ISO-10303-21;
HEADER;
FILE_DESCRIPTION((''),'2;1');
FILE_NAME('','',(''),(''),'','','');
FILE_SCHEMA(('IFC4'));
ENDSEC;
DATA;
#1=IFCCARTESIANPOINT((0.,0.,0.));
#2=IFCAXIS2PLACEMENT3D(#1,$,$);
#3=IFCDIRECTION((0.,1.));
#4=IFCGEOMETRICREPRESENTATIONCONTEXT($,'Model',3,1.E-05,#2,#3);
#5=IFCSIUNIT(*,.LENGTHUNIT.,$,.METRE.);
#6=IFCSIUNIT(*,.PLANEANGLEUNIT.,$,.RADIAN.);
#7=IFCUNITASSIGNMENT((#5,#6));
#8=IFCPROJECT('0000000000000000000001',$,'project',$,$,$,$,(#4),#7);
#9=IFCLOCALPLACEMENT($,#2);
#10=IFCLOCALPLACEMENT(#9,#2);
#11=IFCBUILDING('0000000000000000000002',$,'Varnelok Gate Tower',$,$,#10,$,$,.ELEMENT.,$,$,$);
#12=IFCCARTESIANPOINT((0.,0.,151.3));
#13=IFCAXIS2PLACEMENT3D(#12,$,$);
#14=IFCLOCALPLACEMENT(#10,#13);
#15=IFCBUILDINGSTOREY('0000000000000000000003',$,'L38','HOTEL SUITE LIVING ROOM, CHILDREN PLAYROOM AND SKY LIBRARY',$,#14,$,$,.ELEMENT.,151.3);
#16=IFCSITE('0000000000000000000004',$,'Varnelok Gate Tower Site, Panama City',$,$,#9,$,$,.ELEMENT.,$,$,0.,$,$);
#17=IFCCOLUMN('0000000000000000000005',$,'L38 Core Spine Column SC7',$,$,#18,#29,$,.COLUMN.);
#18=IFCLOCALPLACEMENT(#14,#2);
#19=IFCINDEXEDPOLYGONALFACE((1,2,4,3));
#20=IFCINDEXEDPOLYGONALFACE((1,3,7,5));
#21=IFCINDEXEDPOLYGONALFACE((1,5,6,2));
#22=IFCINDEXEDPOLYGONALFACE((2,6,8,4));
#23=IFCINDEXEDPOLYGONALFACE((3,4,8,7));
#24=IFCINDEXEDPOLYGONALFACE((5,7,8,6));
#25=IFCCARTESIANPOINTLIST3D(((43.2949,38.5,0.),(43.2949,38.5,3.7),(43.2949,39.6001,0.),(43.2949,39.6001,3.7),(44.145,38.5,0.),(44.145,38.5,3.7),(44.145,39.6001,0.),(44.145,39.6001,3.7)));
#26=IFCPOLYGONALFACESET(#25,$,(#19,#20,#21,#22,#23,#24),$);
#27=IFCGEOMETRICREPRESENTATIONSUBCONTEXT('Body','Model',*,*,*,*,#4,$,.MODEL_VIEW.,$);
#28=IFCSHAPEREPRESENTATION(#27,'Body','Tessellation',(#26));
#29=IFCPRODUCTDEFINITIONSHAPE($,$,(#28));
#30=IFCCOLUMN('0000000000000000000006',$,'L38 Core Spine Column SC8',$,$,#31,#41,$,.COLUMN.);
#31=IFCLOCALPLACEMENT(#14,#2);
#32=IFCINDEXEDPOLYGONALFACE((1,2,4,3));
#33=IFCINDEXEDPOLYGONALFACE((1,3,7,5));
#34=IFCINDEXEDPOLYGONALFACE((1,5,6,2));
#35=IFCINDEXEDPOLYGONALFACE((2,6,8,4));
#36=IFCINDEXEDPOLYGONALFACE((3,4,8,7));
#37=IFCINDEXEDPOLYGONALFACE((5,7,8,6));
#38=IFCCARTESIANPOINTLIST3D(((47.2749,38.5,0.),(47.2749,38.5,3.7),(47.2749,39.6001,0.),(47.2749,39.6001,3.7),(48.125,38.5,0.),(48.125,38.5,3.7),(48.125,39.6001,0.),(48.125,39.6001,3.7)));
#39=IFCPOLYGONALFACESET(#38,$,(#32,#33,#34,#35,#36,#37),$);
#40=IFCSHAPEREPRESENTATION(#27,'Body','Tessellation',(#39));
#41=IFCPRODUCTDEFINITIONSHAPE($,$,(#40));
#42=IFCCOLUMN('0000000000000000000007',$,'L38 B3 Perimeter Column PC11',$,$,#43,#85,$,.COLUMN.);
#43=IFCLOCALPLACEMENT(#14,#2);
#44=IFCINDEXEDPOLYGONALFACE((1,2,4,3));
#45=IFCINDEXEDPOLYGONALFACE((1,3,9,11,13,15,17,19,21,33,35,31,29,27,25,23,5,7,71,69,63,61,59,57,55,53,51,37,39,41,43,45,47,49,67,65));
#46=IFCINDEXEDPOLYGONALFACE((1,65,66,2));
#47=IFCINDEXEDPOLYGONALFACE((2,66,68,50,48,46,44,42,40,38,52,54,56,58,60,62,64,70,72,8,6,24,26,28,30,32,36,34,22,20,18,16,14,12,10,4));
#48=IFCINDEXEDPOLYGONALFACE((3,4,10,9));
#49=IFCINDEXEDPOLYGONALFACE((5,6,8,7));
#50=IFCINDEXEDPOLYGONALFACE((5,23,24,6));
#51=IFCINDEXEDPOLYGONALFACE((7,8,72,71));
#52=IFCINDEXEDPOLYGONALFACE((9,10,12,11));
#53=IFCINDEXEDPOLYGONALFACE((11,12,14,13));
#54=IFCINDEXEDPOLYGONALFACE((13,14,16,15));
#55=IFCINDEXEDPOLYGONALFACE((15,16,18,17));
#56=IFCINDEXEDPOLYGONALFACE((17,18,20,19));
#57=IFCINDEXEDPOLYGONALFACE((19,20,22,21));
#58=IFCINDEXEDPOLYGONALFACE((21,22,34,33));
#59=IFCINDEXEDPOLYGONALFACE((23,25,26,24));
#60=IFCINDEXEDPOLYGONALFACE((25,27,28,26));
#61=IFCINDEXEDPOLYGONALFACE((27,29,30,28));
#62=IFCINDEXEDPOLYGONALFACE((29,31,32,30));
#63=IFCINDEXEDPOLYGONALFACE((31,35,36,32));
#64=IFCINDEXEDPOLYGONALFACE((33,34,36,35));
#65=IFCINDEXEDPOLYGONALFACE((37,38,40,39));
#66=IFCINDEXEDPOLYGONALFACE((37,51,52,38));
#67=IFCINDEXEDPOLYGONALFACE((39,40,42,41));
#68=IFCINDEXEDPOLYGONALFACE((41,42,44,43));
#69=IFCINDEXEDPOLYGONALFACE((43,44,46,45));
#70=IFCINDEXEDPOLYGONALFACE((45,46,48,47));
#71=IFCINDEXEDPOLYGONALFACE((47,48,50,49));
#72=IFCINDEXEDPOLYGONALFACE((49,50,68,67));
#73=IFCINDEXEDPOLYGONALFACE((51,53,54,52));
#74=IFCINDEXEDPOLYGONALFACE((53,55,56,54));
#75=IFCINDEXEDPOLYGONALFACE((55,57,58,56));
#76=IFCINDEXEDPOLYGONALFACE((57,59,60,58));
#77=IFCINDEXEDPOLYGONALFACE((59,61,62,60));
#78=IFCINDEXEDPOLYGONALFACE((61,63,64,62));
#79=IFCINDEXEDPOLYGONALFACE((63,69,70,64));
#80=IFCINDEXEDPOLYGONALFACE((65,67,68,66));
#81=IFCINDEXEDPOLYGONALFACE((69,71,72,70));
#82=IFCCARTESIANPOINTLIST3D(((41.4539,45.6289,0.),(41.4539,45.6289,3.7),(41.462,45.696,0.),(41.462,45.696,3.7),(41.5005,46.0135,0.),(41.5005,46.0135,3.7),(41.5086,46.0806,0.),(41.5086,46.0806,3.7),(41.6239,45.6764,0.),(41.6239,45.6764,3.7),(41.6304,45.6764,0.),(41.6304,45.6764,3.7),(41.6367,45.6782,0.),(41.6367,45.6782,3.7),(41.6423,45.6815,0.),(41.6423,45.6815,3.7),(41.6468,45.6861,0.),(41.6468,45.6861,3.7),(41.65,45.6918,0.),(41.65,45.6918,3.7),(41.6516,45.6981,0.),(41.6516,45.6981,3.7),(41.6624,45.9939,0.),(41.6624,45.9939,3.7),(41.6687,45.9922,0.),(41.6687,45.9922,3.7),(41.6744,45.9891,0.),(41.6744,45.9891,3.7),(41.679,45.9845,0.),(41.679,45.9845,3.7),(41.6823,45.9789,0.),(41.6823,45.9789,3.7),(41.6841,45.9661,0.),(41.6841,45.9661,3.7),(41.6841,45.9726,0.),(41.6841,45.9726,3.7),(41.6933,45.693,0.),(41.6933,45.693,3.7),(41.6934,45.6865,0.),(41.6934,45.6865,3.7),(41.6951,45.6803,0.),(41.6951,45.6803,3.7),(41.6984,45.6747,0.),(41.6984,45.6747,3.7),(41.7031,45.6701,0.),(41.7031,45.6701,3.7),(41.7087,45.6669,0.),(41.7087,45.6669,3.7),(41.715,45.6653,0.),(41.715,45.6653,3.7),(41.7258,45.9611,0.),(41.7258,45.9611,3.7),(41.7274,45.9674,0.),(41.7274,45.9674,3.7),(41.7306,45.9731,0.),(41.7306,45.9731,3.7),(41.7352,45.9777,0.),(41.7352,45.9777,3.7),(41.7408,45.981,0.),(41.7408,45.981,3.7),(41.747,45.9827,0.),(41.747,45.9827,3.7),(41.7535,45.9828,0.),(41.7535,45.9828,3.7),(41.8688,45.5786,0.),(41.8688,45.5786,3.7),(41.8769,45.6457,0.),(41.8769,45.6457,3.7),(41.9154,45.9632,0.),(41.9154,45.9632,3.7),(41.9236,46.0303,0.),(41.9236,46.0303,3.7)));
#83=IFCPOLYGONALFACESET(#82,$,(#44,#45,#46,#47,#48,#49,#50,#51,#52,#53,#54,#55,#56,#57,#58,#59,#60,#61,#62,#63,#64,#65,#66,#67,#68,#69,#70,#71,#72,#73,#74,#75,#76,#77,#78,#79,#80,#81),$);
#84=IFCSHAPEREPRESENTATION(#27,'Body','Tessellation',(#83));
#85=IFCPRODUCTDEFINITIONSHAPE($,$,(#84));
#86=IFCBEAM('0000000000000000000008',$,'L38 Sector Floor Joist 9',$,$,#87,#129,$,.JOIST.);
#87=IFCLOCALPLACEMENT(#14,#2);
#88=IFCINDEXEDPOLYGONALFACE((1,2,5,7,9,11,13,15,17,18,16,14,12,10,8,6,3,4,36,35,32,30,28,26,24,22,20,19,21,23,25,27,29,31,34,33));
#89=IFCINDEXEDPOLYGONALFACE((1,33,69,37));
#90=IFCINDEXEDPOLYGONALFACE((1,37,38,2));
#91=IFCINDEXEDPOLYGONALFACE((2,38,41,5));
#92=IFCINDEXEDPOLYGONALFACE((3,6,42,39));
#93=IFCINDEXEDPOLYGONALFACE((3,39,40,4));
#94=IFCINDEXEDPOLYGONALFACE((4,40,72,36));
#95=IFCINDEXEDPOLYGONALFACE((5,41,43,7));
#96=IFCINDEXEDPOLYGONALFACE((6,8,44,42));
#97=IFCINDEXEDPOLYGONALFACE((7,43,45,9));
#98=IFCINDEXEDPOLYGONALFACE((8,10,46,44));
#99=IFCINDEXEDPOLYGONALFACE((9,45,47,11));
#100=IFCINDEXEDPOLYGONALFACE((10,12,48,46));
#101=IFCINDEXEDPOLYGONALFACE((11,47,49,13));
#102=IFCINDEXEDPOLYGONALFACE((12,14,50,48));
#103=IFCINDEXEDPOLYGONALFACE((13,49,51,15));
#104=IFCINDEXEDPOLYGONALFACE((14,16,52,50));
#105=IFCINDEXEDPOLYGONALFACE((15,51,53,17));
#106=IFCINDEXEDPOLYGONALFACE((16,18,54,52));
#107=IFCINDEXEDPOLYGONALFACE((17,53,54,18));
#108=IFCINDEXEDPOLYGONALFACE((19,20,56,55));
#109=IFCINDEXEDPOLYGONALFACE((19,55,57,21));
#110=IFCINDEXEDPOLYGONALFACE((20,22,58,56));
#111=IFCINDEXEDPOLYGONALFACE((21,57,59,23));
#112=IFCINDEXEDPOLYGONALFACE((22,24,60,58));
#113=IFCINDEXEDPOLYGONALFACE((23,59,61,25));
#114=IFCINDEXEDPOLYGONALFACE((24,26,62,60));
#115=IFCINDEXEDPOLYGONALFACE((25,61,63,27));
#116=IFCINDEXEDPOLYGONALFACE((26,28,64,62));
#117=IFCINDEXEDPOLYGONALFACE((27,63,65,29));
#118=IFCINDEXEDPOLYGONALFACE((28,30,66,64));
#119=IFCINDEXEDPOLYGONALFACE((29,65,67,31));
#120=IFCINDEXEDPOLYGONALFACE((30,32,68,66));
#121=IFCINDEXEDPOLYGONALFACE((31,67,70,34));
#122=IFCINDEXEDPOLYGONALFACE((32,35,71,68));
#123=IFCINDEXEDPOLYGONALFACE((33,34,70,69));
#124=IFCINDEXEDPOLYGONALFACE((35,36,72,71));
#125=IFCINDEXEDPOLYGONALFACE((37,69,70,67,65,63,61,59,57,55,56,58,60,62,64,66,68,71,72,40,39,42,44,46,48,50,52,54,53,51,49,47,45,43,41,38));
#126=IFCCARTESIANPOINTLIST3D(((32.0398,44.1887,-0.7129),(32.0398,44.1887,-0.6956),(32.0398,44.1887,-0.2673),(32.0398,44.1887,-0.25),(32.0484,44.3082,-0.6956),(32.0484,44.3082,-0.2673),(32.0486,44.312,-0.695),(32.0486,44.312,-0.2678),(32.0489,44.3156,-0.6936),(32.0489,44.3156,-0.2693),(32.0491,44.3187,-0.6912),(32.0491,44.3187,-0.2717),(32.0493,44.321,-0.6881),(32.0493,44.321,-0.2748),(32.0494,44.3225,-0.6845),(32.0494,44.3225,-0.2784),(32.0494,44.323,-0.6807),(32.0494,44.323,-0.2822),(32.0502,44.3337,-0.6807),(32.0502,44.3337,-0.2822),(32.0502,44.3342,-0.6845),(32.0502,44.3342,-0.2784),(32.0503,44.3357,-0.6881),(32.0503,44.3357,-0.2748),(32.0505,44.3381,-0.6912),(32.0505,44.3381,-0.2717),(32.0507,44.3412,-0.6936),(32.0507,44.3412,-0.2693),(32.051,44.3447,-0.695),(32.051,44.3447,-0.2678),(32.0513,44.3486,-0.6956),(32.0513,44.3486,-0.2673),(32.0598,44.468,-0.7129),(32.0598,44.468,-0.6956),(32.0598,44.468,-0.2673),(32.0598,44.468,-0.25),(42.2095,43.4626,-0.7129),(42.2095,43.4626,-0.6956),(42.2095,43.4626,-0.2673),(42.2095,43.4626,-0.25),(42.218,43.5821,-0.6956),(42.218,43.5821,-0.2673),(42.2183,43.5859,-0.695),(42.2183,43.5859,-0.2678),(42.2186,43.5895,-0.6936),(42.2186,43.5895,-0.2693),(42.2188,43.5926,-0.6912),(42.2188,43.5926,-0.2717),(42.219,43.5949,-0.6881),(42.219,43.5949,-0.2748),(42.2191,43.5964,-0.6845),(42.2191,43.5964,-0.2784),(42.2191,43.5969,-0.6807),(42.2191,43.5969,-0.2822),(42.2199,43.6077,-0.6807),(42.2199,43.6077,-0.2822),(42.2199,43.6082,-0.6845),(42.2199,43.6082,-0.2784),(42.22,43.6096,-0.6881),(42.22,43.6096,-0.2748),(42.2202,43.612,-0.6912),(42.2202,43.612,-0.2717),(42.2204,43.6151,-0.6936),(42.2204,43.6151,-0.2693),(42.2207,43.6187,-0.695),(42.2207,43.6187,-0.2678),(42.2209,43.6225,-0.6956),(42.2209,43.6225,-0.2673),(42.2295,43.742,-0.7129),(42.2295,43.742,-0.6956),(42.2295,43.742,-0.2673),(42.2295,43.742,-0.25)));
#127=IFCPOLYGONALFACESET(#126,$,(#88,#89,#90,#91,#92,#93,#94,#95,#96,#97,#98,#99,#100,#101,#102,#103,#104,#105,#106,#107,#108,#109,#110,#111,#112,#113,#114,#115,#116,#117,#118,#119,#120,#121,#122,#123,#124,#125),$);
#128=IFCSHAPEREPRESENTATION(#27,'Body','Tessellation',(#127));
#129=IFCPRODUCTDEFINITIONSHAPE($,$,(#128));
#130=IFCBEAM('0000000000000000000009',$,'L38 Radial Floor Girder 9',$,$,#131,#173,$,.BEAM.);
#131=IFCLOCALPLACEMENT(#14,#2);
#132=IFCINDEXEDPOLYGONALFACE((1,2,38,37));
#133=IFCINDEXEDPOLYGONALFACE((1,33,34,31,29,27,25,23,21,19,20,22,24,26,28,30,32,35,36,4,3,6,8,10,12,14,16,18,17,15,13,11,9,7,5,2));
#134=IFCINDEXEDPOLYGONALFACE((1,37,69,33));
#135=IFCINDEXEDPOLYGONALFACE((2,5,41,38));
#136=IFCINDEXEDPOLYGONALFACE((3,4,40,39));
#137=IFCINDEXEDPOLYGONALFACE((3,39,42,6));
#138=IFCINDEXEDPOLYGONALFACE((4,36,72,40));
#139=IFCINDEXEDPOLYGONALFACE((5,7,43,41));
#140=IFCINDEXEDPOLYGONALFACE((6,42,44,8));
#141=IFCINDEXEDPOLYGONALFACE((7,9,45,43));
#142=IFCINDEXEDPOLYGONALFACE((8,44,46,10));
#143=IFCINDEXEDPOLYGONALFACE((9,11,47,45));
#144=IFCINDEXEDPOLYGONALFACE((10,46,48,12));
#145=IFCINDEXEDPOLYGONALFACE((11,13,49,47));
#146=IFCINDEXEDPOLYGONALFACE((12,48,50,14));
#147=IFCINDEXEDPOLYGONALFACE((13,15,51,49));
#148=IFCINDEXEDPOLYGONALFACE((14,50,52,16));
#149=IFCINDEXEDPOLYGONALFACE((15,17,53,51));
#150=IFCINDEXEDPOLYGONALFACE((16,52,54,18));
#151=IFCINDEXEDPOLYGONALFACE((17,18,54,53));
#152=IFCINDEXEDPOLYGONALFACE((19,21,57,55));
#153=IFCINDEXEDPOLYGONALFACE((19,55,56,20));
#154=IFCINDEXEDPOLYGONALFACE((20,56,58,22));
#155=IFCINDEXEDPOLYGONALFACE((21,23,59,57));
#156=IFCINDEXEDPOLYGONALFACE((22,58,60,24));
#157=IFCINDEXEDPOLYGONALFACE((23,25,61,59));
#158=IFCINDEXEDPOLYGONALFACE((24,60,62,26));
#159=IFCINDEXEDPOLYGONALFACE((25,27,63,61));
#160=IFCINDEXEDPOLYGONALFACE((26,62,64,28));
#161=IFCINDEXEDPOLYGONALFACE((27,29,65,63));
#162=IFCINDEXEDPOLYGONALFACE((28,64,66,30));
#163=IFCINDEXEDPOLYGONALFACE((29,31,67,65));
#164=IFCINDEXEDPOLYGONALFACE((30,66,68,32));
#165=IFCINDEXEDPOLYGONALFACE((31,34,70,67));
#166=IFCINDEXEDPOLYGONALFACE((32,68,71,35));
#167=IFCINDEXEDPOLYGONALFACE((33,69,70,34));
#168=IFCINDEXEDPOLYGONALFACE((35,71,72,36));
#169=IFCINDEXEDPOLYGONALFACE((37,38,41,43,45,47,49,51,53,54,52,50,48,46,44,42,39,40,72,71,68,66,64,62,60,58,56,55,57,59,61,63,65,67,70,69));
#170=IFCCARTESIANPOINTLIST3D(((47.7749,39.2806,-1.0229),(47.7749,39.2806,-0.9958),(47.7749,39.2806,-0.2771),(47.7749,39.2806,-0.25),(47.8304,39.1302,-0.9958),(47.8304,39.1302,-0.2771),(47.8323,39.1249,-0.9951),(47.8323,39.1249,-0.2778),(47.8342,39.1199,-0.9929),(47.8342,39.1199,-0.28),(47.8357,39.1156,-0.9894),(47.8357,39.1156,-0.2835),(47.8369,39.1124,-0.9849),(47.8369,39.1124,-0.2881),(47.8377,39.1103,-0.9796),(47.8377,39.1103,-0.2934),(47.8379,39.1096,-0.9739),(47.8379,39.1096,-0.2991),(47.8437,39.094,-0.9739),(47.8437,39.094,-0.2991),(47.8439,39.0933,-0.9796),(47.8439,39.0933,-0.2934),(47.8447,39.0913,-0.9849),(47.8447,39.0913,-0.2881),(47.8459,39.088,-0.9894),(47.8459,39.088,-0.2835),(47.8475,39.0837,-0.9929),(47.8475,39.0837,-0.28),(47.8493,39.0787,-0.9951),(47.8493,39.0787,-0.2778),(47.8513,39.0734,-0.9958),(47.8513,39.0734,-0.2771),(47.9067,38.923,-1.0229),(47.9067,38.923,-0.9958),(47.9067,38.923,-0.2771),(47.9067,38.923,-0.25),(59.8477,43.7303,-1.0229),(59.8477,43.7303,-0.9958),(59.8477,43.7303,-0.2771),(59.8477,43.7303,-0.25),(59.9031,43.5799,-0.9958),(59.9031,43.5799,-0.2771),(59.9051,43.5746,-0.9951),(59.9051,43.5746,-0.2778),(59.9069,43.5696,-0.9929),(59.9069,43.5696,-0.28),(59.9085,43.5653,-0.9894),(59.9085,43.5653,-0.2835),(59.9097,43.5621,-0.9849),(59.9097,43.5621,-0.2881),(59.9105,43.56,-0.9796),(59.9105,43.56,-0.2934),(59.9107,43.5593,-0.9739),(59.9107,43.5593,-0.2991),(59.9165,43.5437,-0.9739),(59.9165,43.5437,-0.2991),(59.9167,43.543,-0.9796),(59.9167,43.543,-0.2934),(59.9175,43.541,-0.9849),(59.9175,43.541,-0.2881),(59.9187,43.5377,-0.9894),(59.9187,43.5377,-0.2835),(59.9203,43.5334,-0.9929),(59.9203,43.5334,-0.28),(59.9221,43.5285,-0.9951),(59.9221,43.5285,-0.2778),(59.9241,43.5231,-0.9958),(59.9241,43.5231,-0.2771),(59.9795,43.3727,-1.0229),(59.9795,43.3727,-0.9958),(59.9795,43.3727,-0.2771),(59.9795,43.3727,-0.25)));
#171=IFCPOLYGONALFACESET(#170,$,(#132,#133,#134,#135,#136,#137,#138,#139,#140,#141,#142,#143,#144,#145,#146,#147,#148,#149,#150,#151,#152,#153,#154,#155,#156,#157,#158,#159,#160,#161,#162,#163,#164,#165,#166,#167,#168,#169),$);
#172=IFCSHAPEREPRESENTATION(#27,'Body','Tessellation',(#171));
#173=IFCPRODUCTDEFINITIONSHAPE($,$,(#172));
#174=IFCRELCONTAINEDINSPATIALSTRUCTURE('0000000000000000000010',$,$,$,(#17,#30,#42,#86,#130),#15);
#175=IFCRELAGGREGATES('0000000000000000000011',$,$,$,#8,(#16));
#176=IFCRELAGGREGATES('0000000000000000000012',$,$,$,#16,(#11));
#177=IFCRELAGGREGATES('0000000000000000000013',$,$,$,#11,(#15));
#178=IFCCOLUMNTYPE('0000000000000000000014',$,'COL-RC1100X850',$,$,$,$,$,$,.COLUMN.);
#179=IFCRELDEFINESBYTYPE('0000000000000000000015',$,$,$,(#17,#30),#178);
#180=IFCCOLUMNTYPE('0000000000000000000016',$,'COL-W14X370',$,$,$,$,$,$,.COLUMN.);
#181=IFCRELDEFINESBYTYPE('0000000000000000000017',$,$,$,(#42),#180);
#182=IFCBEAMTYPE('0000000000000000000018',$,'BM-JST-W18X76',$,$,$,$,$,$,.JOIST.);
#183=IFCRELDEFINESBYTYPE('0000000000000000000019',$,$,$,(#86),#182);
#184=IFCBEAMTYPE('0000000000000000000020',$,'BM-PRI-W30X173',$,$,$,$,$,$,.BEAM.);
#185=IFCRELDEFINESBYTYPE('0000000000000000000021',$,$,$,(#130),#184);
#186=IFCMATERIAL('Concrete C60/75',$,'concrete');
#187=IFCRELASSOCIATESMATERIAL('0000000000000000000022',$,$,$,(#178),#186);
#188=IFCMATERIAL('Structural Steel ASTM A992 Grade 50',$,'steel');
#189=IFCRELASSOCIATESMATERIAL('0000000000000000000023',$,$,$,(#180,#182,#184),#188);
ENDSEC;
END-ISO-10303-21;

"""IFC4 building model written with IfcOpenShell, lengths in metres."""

from ifc_helpers import new_model, si_unit, direction, frame, origin, origin_2d, place, context, subcontext, project, spatial, rectangle, i_section, extrude, material, material_profile, profile_set, type_object, element, save


model = new_model("IFC4")

# Units and contexts
model_context = context("Model", 3, precision=1e-05, world=origin(), true_north=direction((0.0, 1.0)))
body_context = subcontext(model_context, "Body", "Model", "MODEL_VIEW")
ifc_project = project(units=[si_unit("LENGTHUNIT", "METRE"), si_unit("PLANEANGLEUNIT", "RADIAN")], contexts=[model_context])

# Site, building, storey
site_placement = place(None, origin())
site = spatial("IfcSite", under=ifc_project, at=site_placement, Name="Varnelok Gate Tower Site, Panama City", CompositionType="ELEMENT", RefElevation=0.0)
building_placement = place(site_placement, origin())
building = spatial("IfcBuilding", under=site, at=building_placement, Name="Varnelok Gate Tower", CompositionType="ELEMENT")
storey_placement = place(building_placement, frame((0.0, 0.0, 151.3)))
storey = spatial("IfcBuildingStorey", under=building, at=storey_placement, Name="L38", Description="HOTEL SUITE LIVING ROOM, CHILDREN PLAYROOM AND SKY LIBRARY", CompositionType="ELEMENT", Elevation=151.3)

# Columns
ifc_material_1 = material(Name="Concrete C60/75", Category="concrete")
ifc_material_profile_1 = material_profile(ifc_material_1, rectangle(XDim=0.8501, YDim=1.1001, at=origin_2d()), Name="RC1100X850")
ifc_profile_set_1 = profile_set([ifc_material_profile_1], Name="Concrete C60/75")
column_type_1 = type_object("IfcColumnType", Name="COL-RC1100X850", PredefinedType="COLUMN", material=ifc_profile_set_1)
for number, where, z_axis, x_axis, name in (
    (1, (43.72, 39.05, 0.0), (0.0, 0.0, 1.0), (1.0, 0.0, 0.0), "L38 Core Spine Column SC7"),
    (2, (47.7, 39.05, 0.0), (0.0, 0.0, 1.0), (1.0, 0.0, 0.0), "L38 Core Spine Column SC8"),
):
    element("IfcColumn", number, at=place(storey_placement, frame(where, z_axis=z_axis, x_axis=x_axis)), inside=storey, type_object=column_type_1, Name=name, PredefinedType="COLUMN", context=body_context, shape_type="SweptSolid", body=[
        extrude(rectangle(XDim=0.8501, YDim=1.1001, at=origin_2d()), origin(), (0.0, 0.0, 1.0), 3.7),
    ])
ifc_material_2 = material(Name="Structural Steel ASTM A992 Grade 50", Category="steel")
ifc_material_profile_2 = material_profile(ifc_material_2, i_section(OverallWidth=0.418, OverallDepth=0.4551, WebThickness=0.042, FlangeThickness=0.0676, FilletRadius=0.0249, at=origin_2d()), Name="W14X370")
ifc_profile_set_2 = profile_set([ifc_material_profile_2], Name="Structural Steel ASTM A992 Grade 50")
column_type_2 = type_object("IfcColumnType", Name="COL-W14X370", PredefinedType="COLUMN", material=ifc_profile_set_2)
column_placement = place(storey_placement, frame((41.6887, 45.8296, 0.0), z_axis=(0.0, 0.0, 1.0), x_axis=(0.992732, -0.120345, 0.0)))
element("IfcColumn", 3, at=column_placement, inside=storey, type_object=column_type_2, Name="L38 B3 Perimeter Column PC11", PredefinedType="COLUMN", context=body_context, shape_type="SweptSolid", body=[
    extrude(i_section(OverallWidth=0.418, OverallDepth=0.4551, WebThickness=0.042, FlangeThickness=0.0676, FilletRadius=0.0249, at=origin_2d()), origin(), (0.0, 0.0, 1.0), 3.7),
])

# Beams
ifc_material_profile_3 = material_profile(ifc_material_2, i_section(OverallWidth=0.28, OverallDepth=0.4629, WebThickness=0.0107, FlangeThickness=0.0173, FilletRadius=0.0149, at=origin_2d()), Name="W18X76")
ifc_profile_set_3 = profile_set([ifc_material_profile_3], Name="Structural Steel ASTM A992 Grade 50")
beam_type_1 = type_object("IfcBeamType", Name="BM-JST-W18X76", PredefinedType="JOIST", material=ifc_profile_set_3)
beam_1_placement = place(storey_placement, frame((42.2195, 43.6023, -0.4814), z_axis=(-0.997461, 0.071215, 0.0), x_axis=(-0.071215, -0.997461, 0.0)))
element("IfcBeam", 4, at=beam_1_placement, inside=storey, type_object=beam_type_1, Name="L38 Sector Floor Joist 9", PredefinedType="JOIST", context=body_context, shape_type="SweptSolid", body=[
    extrude(i_section(OverallWidth=0.28, OverallDepth=0.4629, WebThickness=0.0107, FlangeThickness=0.0173, FilletRadius=0.0149, at=origin_2d()), origin(), (0.0, 0.0, 1.0), 10.1956),
])
ifc_material_profile_4 = material_profile(ifc_material_2, i_section(OverallWidth=0.3811, OverallDepth=0.7729, WebThickness=0.0166, FlangeThickness=0.0271, FilletRadius=0.022, at=origin_2d()), Name="W30X173")
ifc_profile_set_4 = profile_set([ifc_material_profile_4], Name="Structural Steel ASTM A992 Grade 50")
beam_type_2 = type_object("IfcBeamType", Name="BM-PRI-W30X173", PredefinedType="BEAM", material=ifc_profile_set_4)
beam_2_placement = place(storey_placement, frame((47.8408, 39.1018, -0.6365), z_axis=(0.938296, 0.345832, 0.0), x_axis=(-0.345832, 0.938296, 0.0)))
element("IfcBeam", 5, at=beam_2_placement, inside=storey, type_object=beam_type_2, Name="L38 Radial Floor Girder 9", PredefinedType="BEAM", context=body_context, shape_type="SweptSolid", body=[
    extrude(i_section(OverallWidth=0.3811, OverallDepth=0.7729, WebThickness=0.0166, FlangeThickness=0.0271, FilletRadius=0.022, at=origin_2d()), origin(), (0.0, 0.0, 1.0), 12.8667),
])

save(model, "model.ifc")
